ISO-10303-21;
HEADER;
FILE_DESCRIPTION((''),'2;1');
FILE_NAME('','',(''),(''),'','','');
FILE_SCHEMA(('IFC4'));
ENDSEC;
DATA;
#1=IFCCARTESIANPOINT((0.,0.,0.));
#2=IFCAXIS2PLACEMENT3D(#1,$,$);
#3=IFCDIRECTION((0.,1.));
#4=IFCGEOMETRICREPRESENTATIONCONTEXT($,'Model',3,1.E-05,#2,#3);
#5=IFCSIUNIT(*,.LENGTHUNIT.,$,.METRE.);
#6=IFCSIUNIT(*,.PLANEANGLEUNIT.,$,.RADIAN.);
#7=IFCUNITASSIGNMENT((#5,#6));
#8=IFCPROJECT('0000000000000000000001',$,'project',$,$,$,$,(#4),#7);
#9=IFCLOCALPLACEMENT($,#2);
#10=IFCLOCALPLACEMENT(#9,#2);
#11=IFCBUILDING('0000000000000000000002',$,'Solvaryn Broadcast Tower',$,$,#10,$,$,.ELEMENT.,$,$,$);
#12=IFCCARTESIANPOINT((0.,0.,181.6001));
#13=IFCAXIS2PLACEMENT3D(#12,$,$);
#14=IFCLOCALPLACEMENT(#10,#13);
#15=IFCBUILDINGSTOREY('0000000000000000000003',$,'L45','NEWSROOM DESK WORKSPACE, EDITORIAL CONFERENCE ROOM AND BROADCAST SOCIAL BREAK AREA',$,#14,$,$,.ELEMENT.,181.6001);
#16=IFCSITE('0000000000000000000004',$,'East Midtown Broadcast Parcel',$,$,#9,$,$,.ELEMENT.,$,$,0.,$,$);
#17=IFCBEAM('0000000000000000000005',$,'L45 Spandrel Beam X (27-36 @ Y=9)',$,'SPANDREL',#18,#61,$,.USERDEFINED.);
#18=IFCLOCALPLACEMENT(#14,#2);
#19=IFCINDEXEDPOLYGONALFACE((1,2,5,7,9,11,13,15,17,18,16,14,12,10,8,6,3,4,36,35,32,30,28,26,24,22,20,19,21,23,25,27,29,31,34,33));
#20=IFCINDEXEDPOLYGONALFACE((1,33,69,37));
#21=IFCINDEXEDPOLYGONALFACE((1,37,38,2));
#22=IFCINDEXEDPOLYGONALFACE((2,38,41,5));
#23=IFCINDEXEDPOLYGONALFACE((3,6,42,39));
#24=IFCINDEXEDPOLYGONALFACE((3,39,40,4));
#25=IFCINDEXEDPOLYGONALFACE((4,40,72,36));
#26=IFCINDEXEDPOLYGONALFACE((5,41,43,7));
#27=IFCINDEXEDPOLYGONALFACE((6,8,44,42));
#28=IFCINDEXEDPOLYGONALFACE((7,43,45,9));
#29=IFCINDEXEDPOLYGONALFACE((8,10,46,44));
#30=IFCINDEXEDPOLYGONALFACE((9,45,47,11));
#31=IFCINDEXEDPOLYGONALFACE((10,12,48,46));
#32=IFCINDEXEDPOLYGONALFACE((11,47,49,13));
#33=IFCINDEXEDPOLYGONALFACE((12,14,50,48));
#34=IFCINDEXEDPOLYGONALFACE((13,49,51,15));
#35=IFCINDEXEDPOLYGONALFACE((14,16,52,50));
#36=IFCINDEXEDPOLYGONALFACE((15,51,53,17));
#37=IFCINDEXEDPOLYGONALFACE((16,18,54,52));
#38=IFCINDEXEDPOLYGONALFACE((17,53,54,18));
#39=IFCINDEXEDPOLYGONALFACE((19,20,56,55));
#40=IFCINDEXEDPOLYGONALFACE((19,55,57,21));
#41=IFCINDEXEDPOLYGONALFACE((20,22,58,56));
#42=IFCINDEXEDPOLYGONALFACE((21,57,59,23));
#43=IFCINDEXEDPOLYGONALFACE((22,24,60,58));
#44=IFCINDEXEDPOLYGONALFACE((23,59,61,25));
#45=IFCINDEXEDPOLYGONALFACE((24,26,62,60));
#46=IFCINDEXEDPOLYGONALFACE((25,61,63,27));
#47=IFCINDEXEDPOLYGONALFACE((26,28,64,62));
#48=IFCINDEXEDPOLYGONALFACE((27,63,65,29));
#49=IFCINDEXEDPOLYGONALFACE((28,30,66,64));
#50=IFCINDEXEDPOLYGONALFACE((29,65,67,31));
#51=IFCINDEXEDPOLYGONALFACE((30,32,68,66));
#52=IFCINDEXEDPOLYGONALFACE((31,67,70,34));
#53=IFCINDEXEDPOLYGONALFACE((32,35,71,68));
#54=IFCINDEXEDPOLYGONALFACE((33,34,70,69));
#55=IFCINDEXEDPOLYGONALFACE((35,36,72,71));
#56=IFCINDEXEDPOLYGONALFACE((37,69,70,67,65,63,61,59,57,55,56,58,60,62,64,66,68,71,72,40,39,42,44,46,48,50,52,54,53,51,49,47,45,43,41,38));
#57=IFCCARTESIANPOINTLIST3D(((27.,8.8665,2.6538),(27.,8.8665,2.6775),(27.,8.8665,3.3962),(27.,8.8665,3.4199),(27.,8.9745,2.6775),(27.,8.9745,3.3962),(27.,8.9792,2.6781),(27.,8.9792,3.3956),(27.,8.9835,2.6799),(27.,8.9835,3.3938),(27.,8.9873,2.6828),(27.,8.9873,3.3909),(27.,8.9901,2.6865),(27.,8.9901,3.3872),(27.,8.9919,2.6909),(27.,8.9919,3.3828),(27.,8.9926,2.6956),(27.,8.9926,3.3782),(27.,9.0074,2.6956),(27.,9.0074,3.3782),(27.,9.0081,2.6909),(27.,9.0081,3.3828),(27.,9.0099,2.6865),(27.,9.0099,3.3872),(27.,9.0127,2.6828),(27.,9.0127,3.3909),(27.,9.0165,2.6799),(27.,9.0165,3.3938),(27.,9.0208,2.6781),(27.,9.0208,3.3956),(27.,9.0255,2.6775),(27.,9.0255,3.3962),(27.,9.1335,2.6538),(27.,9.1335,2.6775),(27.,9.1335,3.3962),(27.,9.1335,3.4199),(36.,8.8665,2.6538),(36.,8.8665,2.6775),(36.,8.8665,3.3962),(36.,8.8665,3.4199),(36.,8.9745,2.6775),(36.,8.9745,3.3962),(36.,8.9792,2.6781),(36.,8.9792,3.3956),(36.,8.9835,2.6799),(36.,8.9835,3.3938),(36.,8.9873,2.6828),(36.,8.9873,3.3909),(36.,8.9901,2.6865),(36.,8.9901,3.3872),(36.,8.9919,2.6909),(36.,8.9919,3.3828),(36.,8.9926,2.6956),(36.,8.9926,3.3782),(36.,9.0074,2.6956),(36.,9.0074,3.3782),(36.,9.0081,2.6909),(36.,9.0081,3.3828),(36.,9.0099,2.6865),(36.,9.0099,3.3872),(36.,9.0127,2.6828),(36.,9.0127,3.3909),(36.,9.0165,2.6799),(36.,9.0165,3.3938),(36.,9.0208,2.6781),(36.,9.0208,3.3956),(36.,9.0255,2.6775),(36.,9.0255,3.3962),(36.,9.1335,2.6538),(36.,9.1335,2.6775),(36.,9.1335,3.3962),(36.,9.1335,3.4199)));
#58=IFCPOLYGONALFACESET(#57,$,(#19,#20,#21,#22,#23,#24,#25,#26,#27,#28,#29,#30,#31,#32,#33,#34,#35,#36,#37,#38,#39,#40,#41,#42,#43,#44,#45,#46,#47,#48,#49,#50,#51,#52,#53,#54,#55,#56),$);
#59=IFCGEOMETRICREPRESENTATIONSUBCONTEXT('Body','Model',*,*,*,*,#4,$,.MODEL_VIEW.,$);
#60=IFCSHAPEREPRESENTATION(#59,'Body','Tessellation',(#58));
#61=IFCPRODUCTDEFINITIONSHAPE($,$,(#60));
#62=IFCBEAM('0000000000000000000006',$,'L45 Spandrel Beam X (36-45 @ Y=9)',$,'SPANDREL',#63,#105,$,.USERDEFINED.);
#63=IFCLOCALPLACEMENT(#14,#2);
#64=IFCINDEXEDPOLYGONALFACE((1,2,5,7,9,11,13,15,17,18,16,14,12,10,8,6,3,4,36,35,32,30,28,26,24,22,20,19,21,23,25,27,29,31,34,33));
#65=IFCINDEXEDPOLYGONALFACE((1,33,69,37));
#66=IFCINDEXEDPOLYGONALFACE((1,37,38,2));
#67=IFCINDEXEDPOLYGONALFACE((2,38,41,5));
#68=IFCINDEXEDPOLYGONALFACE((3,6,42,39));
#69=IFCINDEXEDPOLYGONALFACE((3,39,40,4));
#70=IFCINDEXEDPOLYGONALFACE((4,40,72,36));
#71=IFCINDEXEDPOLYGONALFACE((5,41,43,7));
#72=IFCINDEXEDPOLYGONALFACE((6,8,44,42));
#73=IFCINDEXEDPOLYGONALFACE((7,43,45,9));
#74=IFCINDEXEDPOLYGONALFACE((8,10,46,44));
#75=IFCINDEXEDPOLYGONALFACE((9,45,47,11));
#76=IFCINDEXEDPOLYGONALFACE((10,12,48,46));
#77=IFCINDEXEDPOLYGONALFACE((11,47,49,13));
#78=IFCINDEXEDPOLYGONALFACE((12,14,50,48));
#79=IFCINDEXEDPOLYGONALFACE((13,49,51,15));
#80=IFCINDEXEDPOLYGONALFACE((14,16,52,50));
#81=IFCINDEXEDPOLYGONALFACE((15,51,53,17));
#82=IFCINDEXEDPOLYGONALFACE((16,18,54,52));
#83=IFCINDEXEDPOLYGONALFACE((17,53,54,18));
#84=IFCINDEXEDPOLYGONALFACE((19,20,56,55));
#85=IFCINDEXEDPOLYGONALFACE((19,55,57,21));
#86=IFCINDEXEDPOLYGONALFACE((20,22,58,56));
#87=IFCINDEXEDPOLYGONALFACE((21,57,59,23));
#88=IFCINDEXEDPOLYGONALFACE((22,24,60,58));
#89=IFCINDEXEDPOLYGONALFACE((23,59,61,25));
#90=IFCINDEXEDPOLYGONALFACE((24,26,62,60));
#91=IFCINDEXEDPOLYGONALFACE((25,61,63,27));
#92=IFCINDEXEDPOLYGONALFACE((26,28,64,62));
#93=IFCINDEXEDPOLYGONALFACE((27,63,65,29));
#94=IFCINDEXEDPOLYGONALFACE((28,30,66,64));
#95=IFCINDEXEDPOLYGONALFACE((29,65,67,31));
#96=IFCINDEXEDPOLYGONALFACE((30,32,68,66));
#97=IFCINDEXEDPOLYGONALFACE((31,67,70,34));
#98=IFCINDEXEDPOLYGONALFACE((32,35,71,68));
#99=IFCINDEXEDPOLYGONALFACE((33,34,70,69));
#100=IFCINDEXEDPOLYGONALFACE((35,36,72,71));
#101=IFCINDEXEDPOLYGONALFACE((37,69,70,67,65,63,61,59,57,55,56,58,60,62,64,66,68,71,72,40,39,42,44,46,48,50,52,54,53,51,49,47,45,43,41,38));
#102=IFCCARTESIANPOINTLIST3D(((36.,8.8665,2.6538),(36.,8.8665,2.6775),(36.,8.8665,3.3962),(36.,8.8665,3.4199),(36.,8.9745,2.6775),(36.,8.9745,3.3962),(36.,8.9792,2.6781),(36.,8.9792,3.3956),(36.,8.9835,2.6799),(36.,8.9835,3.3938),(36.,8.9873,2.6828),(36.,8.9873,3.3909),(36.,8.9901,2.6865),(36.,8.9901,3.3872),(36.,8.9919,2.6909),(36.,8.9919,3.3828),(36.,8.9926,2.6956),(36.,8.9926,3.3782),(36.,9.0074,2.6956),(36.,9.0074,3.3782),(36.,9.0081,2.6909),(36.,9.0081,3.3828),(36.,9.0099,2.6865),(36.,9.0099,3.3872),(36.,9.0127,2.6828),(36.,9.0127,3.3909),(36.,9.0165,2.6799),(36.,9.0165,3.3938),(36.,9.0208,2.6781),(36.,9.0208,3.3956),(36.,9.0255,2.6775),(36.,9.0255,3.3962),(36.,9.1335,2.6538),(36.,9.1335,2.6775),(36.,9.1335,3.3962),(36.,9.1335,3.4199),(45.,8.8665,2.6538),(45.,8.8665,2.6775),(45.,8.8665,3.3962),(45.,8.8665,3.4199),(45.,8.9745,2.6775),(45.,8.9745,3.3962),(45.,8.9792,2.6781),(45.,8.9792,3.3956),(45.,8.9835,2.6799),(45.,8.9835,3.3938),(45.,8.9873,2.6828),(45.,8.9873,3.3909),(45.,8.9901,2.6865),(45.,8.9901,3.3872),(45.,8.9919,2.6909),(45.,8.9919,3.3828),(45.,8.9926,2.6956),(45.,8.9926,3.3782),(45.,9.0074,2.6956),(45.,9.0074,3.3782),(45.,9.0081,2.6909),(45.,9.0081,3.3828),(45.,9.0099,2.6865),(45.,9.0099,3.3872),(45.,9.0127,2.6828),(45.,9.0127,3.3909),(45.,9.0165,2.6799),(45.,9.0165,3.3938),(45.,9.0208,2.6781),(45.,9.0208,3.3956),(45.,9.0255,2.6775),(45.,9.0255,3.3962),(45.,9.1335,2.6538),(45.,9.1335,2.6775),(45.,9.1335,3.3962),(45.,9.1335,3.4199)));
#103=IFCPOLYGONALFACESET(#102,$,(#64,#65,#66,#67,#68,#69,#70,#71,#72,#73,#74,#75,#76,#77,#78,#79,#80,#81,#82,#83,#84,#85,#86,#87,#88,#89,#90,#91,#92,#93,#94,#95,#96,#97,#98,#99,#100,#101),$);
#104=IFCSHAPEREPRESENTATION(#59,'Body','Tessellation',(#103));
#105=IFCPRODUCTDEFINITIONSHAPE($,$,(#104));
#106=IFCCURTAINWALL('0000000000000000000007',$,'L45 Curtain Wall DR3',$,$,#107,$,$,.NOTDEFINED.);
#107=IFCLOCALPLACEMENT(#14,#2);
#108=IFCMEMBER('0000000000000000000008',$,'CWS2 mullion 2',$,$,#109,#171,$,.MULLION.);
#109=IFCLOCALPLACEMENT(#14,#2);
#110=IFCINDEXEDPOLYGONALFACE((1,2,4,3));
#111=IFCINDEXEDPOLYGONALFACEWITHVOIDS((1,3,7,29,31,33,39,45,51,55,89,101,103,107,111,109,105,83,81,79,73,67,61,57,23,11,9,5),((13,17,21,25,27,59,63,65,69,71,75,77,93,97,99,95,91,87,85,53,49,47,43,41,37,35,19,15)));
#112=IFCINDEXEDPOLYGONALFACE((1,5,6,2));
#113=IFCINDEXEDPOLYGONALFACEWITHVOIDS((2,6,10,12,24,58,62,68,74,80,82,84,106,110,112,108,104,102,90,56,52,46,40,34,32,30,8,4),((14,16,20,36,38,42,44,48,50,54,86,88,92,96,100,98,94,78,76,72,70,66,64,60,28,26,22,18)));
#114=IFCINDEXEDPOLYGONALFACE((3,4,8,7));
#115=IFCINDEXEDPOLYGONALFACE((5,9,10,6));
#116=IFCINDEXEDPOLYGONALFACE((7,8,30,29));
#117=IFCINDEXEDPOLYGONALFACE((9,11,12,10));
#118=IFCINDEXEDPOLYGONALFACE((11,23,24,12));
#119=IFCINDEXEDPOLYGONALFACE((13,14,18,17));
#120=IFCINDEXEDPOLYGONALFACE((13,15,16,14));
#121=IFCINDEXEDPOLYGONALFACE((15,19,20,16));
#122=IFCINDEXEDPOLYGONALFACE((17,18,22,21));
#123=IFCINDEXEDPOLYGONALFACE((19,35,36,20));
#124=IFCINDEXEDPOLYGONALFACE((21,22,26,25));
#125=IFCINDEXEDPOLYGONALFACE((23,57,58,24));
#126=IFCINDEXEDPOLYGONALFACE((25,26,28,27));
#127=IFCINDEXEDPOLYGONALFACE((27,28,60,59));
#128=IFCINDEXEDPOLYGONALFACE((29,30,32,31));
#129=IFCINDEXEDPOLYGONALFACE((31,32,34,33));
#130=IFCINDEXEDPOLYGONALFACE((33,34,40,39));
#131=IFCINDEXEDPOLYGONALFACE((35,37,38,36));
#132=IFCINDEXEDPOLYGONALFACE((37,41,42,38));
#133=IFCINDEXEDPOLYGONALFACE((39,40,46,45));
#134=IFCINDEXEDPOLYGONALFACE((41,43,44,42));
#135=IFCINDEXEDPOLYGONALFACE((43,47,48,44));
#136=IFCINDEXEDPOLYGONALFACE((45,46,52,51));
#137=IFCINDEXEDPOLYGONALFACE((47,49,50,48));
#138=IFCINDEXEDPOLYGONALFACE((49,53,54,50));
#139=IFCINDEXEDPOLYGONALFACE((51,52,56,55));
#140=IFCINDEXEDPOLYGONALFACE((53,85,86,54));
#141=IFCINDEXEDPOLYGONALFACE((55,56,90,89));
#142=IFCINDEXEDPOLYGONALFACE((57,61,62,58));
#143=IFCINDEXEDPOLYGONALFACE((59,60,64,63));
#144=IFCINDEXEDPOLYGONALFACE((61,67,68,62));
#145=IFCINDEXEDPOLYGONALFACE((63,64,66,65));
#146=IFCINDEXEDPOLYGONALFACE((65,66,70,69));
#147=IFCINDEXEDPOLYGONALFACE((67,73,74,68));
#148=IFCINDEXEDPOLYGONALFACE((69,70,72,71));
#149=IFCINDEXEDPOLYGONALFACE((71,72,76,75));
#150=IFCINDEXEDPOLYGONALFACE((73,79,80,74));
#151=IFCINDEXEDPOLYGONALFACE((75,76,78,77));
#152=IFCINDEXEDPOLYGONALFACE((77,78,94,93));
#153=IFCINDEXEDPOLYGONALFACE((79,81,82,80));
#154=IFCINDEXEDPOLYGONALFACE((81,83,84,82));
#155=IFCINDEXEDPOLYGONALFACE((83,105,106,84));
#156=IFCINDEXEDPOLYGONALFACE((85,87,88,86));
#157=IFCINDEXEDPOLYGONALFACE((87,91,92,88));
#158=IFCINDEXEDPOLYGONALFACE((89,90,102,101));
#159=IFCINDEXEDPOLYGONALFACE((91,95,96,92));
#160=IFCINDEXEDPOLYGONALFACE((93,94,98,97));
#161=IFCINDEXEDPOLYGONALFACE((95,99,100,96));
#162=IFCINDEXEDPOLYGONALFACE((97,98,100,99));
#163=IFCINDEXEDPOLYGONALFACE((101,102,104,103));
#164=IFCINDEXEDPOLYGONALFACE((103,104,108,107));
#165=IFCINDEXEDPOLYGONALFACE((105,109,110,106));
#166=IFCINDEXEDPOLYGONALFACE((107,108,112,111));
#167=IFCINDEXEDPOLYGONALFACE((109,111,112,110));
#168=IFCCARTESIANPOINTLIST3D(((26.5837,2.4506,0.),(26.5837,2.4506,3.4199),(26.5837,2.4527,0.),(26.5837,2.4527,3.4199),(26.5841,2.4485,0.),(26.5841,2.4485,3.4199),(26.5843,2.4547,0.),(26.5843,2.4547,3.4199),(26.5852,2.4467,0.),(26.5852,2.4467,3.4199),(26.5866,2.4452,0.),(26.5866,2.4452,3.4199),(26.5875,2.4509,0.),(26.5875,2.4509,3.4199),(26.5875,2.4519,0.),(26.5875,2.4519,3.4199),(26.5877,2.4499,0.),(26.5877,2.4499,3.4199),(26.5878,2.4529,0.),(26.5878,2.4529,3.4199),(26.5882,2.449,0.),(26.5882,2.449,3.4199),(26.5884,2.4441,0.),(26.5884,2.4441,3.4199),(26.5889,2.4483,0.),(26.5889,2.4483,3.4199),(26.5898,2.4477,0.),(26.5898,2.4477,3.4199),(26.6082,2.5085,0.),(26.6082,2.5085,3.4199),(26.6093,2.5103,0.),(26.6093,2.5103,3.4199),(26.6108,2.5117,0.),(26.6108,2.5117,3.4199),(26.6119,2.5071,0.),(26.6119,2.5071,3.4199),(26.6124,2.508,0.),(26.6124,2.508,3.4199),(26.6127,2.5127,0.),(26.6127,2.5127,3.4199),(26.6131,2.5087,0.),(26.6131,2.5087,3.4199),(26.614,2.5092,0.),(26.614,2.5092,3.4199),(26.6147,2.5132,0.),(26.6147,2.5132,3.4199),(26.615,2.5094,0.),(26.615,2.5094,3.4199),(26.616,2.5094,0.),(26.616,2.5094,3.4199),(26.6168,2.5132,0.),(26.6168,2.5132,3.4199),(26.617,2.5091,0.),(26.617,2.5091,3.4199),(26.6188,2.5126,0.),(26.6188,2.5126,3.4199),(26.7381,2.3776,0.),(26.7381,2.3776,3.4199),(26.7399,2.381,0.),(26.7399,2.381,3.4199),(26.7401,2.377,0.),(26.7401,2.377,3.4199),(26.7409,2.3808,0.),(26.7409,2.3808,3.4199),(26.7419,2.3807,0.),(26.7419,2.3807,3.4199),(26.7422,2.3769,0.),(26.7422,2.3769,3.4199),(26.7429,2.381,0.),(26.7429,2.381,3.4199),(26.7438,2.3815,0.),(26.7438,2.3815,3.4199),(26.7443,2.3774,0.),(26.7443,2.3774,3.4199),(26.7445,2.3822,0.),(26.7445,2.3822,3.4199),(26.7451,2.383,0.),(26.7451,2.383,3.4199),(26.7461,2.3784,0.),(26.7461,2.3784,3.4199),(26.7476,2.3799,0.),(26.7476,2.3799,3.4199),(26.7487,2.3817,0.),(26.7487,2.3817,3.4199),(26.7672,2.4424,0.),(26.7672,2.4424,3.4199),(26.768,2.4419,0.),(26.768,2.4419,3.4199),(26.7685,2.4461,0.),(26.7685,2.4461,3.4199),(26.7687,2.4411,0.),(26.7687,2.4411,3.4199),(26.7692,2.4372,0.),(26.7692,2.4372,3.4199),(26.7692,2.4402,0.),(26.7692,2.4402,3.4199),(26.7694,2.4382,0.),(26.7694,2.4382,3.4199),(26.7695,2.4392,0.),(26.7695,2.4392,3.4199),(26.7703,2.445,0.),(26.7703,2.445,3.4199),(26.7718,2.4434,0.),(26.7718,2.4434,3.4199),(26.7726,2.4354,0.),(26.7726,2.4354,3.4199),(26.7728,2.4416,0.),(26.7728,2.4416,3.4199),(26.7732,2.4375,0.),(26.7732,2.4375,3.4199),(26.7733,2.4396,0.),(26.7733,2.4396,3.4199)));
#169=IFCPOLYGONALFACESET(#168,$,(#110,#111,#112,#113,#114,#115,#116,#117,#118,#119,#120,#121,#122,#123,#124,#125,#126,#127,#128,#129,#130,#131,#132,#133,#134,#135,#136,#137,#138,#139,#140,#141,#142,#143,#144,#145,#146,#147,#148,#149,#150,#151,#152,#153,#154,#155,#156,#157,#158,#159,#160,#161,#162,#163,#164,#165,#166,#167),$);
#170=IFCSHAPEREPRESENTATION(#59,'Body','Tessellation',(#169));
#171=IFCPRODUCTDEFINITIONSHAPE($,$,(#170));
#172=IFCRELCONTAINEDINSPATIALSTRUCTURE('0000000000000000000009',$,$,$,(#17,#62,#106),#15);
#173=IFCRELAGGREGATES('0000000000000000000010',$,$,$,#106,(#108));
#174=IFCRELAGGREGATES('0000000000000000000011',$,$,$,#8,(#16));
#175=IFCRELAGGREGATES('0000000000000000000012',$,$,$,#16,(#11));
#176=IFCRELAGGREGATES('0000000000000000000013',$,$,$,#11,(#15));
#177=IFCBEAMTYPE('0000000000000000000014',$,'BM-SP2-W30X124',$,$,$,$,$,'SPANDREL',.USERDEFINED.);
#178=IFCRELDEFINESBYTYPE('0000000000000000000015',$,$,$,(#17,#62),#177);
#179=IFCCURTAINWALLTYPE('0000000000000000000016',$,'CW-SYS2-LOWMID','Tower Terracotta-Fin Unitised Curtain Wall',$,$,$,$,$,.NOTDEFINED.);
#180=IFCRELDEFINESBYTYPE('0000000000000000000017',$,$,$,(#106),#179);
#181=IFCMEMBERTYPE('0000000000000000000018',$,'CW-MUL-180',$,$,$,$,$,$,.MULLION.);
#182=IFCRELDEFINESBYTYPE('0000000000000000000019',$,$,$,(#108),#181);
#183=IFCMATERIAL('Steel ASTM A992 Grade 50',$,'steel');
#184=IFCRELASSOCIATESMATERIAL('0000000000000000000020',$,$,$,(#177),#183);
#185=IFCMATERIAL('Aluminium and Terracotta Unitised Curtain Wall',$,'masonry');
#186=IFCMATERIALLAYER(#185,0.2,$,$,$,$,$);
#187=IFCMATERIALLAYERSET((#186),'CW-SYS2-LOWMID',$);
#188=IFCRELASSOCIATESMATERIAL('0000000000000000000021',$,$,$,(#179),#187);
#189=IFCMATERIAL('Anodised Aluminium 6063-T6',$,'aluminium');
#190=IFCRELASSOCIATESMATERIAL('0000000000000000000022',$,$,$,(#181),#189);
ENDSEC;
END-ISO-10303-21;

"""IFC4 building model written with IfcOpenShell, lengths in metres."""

from ifc_helpers import new_model, si_unit, direction, frame, origin, origin_2d, place, context, subcontext, project, spatial, hollow_rectangle, i_section, extrude, material, layer, layer_set, material_profile, profile_set, type_object, element, aggregate, save


model = new_model("IFC4")

# Units and contexts
model_context = context("Model", 3, precision=1e-05, world=origin(), true_north=direction((0.0, 1.0)))
body_context = subcontext(model_context, "Body", "Model", "MODEL_VIEW")
ifc_project = project(units=[si_unit("LENGTHUNIT", "METRE"), si_unit("PLANEANGLEUNIT", "RADIAN")], contexts=[model_context])

# Site, building, storey
site_placement = place(None, origin())
site = spatial("IfcSite", under=ifc_project, at=site_placement, Name="East Midtown Broadcast Parcel", CompositionType="ELEMENT", RefElevation=0.0)
building_placement = place(site_placement, origin())
building = spatial("IfcBuilding", under=site, at=building_placement, Name="Solvaryn Broadcast Tower", CompositionType="ELEMENT")
storey_placement = place(building_placement, frame((0.0, 0.0, 181.6001)))
storey = spatial("IfcBuildingStorey", under=building, at=storey_placement, Name="L45", Description="NEWSROOM DESK WORKSPACE, EDITORIAL CONFERENCE ROOM AND BROADCAST SOCIAL BREAK AREA", CompositionType="ELEMENT", Elevation=181.6001)

# Beams
ifc_material_1 = material(Name="Steel ASTM A992 Grade 50", Category="steel")
ifc_material_profile_1 = material_profile(ifc_material_1, i_section(OverallWidth=0.2671, OverallDepth=0.7661, WebThickness=0.0149, FlangeThickness=0.0237, FilletRadius=0.0181, at=origin_2d()))
ifc_profile_set_1 = profile_set([ifc_material_profile_1], Name="Steel ASTM A992 Grade 50")
beam_type_1 = type_object("IfcBeamType", Name="BM-SP2-W30X124", ElementType="SPANDREL", PredefinedType="USERDEFINED", material=ifc_profile_set_1)
for number, where, z_axis, x_axis, name in (
    (1, (27.0, 9.0, 3.0369), (1.0, 0.0, 0.0), (0.0, 1.0, 0.0), "L45 Spandrel Beam X (27-36 @ Y=9)"),
    (2, (36.0, 9.0, 3.0369), (1.0, 0.0, 0.0), (0.0, 1.0, 0.0), "L45 Spandrel Beam X (36-45 @ Y=9)"),
):
    element("IfcBeam", number, at=place(storey_placement, frame(where, z_axis=z_axis, x_axis=x_axis)), inside=storey, type_object=beam_type_1, Name=name, ObjectType="SPANDREL", PredefinedType="USERDEFINED", context=body_context, shape_type="SweptSolid", body=[
        extrude(i_section(OverallWidth=0.2671, OverallDepth=0.7661, WebThickness=0.0149, FlangeThickness=0.0237, FilletRadius=0.0181, at=origin_2d()), origin(), (0.0, 0.0, 1.0), 9.0),
    ])

# Curtain wall, member
ifc_material_2 = material(Name="Aluminium and Terracotta Unitised Curtain Wall", Category="masonry")
ifc_layer_1 = layer(ifc_material_2, 0.2)
ifc_layer_set_1 = layer_set([ifc_layer_1], Name="CW-SYS2-LOWMID")
curtain_wall_type = type_object("IfcCurtainWallType", Name="CW-SYS2-LOWMID", Description="Tower Terracotta-Fin Unitised Curtain Wall", PredefinedType="NOTDEFINED", material=ifc_layer_set_1)
curtain_wall_1_placement = place(storey_placement, origin())
curtain_wall_1 = element("IfcCurtainWall", 3, at=curtain_wall_1_placement, inside=storey, type_object=curtain_wall_type, Name="L45 Curtain Wall DR3", PredefinedType="NOTDEFINED")
ifc_material_3 = material(Name="Anodised Aluminium 6063-T6", Category="aluminium")
ifc_material_profile_2 = material_profile(ifc_material_3, hollow_rectangle(XDim=0.075, YDim=0.1799, WallThickness=0.0039, InnerFilletRadius=0.0039, OuterFilletRadius=0.0081, at=origin_2d()))
ifc_profile_set_2 = profile_set([ifc_material_profile_2], Name="Anodised Aluminium 6063-T6")
member_type_1 = type_object("IfcMemberType", Name="CW-MUL-180", PredefinedType="MULLION", material=ifc_profile_set_2)
member_1_placement = place(storey_placement, frame((26.6785, 2.4451, 0.0), z_axis=(0.0, 0.0, 1.0), x_axis=(0.405901, 0.913917, 0.0)))
member_1 = element("IfcMember", 4, at=member_1_placement, type_object=member_type_1, Name="CWS2 mullion 2", PredefinedType="MULLION", context=body_context, shape_type="SweptSolid", body=[
    extrude(hollow_rectangle(XDim=0.075, YDim=0.1799, WallThickness=0.0039, InnerFilletRadius=0.0039, OuterFilletRadius=0.0081, at=origin_2d()), origin(), (0.0, 0.0, 1.0), 3.4199),
])
aggregate(curtain_wall_1, [member_1])

save(model, "model.ifc")
